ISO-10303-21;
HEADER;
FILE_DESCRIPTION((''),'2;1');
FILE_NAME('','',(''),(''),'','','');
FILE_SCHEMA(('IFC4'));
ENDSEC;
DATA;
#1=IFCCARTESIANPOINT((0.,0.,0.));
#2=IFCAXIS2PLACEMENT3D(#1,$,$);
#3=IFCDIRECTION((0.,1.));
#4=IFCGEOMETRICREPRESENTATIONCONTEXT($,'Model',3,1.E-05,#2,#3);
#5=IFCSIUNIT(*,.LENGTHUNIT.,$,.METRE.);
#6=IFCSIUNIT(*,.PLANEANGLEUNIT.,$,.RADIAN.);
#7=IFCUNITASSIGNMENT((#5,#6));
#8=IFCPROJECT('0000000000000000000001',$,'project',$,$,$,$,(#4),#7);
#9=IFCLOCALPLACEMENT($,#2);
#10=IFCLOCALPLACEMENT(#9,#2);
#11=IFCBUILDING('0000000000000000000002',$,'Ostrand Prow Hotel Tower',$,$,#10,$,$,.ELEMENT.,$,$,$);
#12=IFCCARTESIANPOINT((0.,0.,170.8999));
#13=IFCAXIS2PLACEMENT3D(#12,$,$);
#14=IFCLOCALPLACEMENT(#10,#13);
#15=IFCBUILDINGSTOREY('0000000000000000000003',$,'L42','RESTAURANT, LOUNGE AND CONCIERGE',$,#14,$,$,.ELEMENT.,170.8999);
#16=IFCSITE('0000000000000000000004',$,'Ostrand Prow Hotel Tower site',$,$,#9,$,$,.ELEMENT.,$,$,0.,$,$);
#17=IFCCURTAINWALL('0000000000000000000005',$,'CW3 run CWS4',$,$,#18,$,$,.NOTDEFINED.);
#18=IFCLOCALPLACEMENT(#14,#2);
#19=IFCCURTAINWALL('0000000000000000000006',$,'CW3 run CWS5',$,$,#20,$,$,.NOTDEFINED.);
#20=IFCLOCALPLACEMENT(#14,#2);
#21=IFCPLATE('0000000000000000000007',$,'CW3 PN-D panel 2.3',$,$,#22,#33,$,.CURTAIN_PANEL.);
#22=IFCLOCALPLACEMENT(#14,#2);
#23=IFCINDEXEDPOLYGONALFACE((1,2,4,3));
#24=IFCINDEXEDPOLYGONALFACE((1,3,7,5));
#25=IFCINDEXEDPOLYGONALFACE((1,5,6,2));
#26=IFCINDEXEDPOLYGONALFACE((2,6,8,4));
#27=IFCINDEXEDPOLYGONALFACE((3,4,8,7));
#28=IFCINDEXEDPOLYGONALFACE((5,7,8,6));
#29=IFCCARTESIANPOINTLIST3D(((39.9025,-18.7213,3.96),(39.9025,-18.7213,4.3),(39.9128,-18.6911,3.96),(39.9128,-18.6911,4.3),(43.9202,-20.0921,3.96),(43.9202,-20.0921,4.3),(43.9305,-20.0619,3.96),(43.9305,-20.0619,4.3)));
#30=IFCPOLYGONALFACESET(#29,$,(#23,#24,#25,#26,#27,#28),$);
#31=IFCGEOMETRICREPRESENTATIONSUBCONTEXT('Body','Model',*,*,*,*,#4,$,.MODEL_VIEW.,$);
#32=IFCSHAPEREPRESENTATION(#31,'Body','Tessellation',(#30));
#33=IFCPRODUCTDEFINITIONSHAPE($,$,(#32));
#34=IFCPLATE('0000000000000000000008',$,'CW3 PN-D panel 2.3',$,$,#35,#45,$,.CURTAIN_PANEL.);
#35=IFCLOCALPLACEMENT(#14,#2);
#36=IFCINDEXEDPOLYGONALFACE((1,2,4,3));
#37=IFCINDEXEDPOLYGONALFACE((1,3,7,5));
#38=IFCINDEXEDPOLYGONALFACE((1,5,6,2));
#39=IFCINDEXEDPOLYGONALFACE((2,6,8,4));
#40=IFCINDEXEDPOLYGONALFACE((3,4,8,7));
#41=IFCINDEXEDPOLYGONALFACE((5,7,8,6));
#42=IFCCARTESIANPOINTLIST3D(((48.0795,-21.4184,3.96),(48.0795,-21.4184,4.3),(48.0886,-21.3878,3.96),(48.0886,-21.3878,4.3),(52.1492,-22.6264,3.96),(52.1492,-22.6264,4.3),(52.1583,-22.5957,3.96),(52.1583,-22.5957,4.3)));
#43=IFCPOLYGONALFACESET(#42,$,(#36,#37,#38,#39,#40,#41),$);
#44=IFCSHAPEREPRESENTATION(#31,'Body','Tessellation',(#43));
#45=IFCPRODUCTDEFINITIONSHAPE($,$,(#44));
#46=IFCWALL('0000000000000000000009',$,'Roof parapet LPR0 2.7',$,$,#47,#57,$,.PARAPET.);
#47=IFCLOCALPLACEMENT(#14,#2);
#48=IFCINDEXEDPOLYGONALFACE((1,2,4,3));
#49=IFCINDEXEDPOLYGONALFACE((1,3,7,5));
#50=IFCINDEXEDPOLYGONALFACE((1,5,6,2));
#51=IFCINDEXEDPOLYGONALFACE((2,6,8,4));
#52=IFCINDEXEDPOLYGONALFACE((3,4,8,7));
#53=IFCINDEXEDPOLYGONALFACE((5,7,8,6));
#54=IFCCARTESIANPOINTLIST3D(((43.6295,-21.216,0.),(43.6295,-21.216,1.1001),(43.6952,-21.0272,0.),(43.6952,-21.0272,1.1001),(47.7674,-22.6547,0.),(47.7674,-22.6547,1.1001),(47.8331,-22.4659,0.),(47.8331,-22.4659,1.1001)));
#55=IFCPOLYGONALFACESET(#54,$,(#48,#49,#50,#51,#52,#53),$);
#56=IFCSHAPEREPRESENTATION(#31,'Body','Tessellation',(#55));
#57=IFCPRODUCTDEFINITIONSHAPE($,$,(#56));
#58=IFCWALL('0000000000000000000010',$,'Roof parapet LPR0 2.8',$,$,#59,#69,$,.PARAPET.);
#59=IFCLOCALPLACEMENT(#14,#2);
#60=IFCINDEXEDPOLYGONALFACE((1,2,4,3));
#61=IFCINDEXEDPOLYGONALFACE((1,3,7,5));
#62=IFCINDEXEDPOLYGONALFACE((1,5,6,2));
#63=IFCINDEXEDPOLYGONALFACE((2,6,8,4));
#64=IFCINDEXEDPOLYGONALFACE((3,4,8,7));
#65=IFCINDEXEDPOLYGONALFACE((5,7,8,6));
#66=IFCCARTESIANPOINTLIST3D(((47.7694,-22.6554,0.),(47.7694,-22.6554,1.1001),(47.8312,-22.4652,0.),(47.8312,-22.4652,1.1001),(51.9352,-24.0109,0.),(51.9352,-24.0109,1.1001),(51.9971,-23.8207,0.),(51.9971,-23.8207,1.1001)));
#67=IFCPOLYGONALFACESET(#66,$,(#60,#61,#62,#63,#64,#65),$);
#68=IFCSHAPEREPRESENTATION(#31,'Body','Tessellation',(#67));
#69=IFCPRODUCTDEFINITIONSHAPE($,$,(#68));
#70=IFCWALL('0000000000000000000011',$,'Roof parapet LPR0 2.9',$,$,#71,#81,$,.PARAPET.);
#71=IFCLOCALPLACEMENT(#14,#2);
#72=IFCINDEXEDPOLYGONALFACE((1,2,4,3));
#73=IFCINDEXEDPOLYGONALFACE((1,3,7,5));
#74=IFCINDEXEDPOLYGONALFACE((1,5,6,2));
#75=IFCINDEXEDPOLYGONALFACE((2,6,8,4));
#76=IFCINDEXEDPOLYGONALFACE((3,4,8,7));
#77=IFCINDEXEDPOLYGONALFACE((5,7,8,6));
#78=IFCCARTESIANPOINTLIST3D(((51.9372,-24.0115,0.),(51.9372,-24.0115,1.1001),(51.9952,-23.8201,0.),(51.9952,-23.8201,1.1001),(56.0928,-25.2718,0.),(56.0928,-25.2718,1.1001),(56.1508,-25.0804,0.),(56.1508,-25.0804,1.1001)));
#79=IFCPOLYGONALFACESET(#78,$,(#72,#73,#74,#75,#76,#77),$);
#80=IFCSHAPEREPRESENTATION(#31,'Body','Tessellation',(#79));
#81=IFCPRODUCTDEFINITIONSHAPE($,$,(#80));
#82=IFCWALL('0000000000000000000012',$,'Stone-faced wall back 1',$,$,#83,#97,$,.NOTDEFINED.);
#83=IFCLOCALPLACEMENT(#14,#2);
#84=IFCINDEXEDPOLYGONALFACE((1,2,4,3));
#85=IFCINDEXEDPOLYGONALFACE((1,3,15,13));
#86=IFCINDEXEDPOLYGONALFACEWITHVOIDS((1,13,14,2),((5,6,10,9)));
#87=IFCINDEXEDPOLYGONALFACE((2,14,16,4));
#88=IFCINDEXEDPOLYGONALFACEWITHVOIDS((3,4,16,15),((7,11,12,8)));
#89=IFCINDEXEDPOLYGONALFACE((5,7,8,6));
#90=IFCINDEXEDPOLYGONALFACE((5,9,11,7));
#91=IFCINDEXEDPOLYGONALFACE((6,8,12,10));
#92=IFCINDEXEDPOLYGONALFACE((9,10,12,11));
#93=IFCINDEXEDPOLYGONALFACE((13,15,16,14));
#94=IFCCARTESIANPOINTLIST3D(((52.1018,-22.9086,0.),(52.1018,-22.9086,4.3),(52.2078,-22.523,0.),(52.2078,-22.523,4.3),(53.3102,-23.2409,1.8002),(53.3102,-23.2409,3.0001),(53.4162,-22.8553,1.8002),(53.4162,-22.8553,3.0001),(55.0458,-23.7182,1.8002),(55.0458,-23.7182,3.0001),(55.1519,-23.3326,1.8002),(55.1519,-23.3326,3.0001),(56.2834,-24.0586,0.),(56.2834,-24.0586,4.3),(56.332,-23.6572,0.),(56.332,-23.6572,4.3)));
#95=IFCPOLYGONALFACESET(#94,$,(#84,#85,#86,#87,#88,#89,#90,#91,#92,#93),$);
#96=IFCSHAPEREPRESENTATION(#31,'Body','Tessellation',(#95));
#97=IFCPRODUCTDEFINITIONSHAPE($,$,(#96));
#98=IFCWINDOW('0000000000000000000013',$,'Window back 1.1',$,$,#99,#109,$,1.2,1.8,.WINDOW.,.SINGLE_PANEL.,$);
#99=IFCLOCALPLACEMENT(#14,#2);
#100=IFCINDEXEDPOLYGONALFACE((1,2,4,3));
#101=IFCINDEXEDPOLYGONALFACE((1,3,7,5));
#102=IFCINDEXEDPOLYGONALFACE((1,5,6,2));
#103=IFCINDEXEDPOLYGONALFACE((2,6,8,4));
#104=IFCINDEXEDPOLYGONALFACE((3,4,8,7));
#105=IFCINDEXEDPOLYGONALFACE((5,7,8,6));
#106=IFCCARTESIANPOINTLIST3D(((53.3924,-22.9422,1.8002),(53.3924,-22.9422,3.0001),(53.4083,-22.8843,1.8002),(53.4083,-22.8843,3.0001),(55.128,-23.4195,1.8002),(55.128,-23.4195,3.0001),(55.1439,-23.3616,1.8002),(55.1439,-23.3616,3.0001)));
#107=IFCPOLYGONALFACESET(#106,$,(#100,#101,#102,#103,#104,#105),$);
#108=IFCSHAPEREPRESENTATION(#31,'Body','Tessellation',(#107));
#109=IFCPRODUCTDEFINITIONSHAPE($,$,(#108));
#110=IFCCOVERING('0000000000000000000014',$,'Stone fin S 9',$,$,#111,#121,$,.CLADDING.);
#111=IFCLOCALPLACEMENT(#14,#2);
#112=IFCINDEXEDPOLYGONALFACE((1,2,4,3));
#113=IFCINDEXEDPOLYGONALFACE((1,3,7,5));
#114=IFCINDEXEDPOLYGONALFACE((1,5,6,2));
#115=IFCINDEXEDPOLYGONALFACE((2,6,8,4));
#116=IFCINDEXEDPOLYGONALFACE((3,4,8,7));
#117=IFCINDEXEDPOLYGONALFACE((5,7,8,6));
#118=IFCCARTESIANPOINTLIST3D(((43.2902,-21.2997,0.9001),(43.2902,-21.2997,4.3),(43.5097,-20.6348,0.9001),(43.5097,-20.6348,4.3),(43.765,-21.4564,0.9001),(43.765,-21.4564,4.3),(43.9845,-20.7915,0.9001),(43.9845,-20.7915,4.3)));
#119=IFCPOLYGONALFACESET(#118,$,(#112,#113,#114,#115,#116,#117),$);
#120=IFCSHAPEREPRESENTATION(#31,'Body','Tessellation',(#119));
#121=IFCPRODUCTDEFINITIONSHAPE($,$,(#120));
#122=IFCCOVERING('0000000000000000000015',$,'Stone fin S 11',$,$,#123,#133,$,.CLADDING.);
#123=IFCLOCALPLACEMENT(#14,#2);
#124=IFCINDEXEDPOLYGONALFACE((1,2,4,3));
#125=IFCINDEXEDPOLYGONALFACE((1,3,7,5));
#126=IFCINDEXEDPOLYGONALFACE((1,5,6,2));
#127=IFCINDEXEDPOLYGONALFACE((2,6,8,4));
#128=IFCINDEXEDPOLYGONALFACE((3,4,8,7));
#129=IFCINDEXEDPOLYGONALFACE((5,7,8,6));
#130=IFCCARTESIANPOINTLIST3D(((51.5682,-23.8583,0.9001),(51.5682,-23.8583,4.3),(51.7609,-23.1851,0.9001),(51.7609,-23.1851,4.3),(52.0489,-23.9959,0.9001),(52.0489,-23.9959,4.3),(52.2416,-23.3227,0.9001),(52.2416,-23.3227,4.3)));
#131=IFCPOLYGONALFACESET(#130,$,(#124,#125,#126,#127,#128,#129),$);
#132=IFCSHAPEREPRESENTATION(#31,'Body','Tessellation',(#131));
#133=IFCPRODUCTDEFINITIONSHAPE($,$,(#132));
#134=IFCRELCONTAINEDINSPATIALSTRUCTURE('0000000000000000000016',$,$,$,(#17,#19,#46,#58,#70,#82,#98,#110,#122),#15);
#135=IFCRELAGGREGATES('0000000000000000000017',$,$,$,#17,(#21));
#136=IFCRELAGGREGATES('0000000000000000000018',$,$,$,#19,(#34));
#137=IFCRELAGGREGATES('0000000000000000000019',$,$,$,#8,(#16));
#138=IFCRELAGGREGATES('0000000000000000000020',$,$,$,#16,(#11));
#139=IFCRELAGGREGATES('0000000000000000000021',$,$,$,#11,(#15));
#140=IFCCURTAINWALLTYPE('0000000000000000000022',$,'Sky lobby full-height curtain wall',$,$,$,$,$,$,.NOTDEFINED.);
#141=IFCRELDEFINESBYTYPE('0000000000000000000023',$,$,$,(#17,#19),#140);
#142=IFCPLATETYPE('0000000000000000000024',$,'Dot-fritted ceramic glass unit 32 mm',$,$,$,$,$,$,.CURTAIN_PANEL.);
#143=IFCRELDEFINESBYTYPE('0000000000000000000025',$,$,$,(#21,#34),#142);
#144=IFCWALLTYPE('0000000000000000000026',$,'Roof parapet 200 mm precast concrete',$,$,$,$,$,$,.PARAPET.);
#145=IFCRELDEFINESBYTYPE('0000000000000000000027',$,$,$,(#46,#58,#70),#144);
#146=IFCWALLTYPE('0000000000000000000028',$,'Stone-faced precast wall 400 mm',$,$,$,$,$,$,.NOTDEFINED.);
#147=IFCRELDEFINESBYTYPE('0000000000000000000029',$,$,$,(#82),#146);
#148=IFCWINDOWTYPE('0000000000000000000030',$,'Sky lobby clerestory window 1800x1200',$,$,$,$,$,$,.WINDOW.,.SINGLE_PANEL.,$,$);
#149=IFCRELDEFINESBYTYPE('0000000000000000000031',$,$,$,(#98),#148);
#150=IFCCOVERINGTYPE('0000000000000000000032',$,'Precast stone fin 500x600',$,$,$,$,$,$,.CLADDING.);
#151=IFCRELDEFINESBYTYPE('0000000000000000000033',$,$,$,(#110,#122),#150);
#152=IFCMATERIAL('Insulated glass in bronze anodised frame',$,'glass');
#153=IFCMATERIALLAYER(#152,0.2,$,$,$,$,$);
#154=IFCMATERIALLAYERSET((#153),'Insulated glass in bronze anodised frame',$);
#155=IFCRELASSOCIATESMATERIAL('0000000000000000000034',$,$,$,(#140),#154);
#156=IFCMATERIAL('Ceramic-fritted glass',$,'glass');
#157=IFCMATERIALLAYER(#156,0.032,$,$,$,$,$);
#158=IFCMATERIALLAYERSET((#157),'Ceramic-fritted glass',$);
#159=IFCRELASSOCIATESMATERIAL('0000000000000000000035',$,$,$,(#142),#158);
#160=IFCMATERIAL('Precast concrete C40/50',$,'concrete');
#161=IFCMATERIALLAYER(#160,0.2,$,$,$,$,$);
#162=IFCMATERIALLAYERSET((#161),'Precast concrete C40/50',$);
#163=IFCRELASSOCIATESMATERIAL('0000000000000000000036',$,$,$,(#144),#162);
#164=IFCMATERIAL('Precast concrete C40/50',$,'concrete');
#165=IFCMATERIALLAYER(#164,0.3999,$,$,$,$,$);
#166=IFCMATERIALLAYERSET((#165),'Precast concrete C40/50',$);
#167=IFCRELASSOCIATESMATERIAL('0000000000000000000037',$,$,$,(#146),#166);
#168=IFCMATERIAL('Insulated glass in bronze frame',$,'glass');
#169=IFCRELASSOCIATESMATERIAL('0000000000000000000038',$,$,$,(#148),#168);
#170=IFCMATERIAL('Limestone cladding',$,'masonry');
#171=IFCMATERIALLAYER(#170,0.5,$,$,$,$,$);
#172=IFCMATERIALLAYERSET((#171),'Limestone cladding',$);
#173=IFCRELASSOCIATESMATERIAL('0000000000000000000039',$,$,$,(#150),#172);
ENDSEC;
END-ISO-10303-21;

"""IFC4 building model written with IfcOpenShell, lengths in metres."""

from ifc_helpers import new_model, si_unit, direction, frame, frame_2d, origin, origin_2d, place, context, subcontext, project, spatial, polyline, rectangle, outline, extrude, material, layer, layer_set, type_object, element, fill, aggregate, save


model = new_model("IFC4")

# Units and contexts
model_context = context("Model", 3, precision=1e-05, world=origin(), true_north=direction((0.0, 1.0)))
body_context = subcontext(model_context, "Body", "Model", "MODEL_VIEW")
ifc_project = project(units=[si_unit("LENGTHUNIT", "METRE"), si_unit("PLANEANGLEUNIT", "RADIAN")], contexts=[model_context])

# Site, building, storey
site_placement = place(None, origin())
site = spatial("IfcSite", under=ifc_project, at=site_placement, Name="Ostrand Prow Hotel Tower site", CompositionType="ELEMENT", RefElevation=0.0)
building_placement = place(site_placement, origin())
building = spatial("IfcBuilding", under=site, at=building_placement, Name="Ostrand Prow Hotel Tower", CompositionType="ELEMENT")
storey_placement = place(building_placement, frame((0.0, 0.0, 170.8999)))
storey = spatial("IfcBuildingStorey", under=building, at=storey_placement, Name="L42", Description="RESTAURANT, LOUNGE AND CONCIERGE", CompositionType="ELEMENT", Elevation=170.8999)

# Curtain wall
ifc_material_1 = material(Name="Insulated glass in bronze anodised frame", Category="glass")
ifc_layer_1 = layer(ifc_material_1, 0.2)
ifc_layer_set_1 = layer_set([ifc_layer_1], Name="Insulated glass in bronze anodised frame")
curtain_wall_type = type_object("IfcCurtainWallType", Name="Sky lobby full-height curtain wall", PredefinedType="NOTDEFINED", material=ifc_layer_set_1)
curtain_wall_1_placement = place(storey_placement, origin())
curtain_wall_1 = element("IfcCurtainWall", 1, at=curtain_wall_1_placement, inside=storey, type_object=curtain_wall_type, Name="CW3 run CWS4", PredefinedType="NOTDEFINED")

# Curtain wall
curtain_wall_2_placement = place(storey_placement, origin())
curtain_wall_2 = element("IfcCurtainWall", 2, at=curtain_wall_2_placement, inside=storey, type_object=curtain_wall_type, Name="CW3 run CWS5", PredefinedType="NOTDEFINED")

# Plates
ifc_material_2 = material(Name="Ceramic-fritted glass", Category="glass")
ifc_layer_2 = layer(ifc_material_2, 0.032)
ifc_layer_set_2 = layer_set([ifc_layer_2], Name="Ceramic-fritted glass")
plate_type_1 = type_object("IfcPlateType", Name="Dot-fritted ceramic glass unit 32 mm", PredefinedType="CURTAIN_PANEL", material=ifc_layer_set_2)
plate_1_placement = place(storey_placement, frame((41.9165, -19.3916, 3.96), z_axis=(0.0, 0.0, 1.0), x_axis=(0.94643, -0.322908, 0.0)))
plate_1 = element("IfcPlate", 3, at=plate_1_placement, type_object=plate_type_1, Name="CW3 PN-D panel 2.3", PredefinedType="CURTAIN_PANEL", context=body_context, shape_type="SweptSolid", body=[
    extrude(rectangle(XDim=4.2451, YDim=0.032, at=origin_2d()), origin(), (0.0, 0.0, 1.0), 0.3401),
])
aggregate(curtain_wall_1, [plate_1])
plate_2_placement = place(storey_placement, frame((50.1189, -22.0071, 3.96), z_axis=(0.0, 0.0, 1.0), x_axis=(0.958663, -0.284544, 0.0)))
plate_2 = element("IfcPlate", 4, at=plate_2_placement, type_object=plate_type_1, Name="CW3 PN-D panel 2.3", PredefinedType="CURTAIN_PANEL", context=body_context, shape_type="SweptSolid", body=[
    extrude(rectangle(XDim=4.2451, YDim=0.032, at=origin_2d()), origin(), (0.0, 0.0, 1.0), 0.3401),
])
aggregate(curtain_wall_2, [plate_2])

# Walls
ifc_material_3 = material(Name="Precast concrete C40/50", Category="concrete")
ifc_layer_3 = layer(ifc_material_3, 0.2)
ifc_layer_set_3 = layer_set([ifc_layer_3], Name="Precast concrete C40/50")
wall_type_1 = type_object("IfcWallType", Name="Roof parapet 200 mm precast concrete", PredefinedType="PARAPET", material=ifc_layer_set_3)
for number, where, z_axis, x_axis, name in (
    (5, (43.6624, -21.1216, 0.0), (0.0, 0.0, 1.0), (0.944537, -0.328406, 0.0), "Roof parapet LPR0 2.7"),
    (6, (47.8003, -22.5603, 0.0), (0.0, 0.0, 1.0), (0.950927, -0.309415, 0.0), "Roof parapet LPR0 2.8"),
):
    element("IfcWall", number, at=place(storey_placement, frame(where, z_axis=z_axis, x_axis=x_axis)), inside=storey, type_object=wall_type_1, Name=name, PredefinedType="PARAPET", context=body_context, shape_type="SweptSolid", body=[
        extrude(rectangle(XDim=4.3809, YDim=0.2, at=frame_2d((2.1904, 0.0))), origin(), (0.0, 0.0, 1.0), 1.1001),
    ])
wall_1_placement = place(storey_placement, frame((51.9661, -23.9158, 0.0), z_axis=(0.0, 0.0, 1.0), x_axis=(0.95696, -0.29022, 0.0)))
element("IfcWall", 7, at=wall_1_placement, inside=storey, type_object=wall_type_1, Name="Roof parapet LPR0 2.9", PredefinedType="PARAPET", context=body_context, shape_type="SweptSolid", body=[
    extrude(rectangle(XDim=4.3425, YDim=0.2, at=frame_2d((2.1714, 0.0))), origin(), (0.0, 0.0, 1.0), 1.1001),
])

# Wall, opening, window
ifc_material_4 = material(Name="Precast concrete C40/50", Category="concrete")
ifc_layer_4 = layer(ifc_material_4, 0.3999)
ifc_layer_set_4 = layer_set([ifc_layer_4], Name="Precast concrete C40/50")
wall_type_2 = type_object("IfcWallType", Name="Stone-faced precast wall 400 mm", PredefinedType="NOTDEFINED", material=ifc_layer_set_4)
wall_2_placement = place(storey_placement, frame((52.1548, -22.7158, 0.0), z_axis=(0.0, 0.0, 1.0), x_axis=(0.964206, -0.265155, 0.0)))
wall_2 = element("IfcWall", 8, at=wall_2_placement, inside=storey, type_object=wall_type_2, Name="Stone-faced wall back 1", PredefinedType="NOTDEFINED", context=body_context, shape_type="SweptSolid", body=[
    extrude(outline(polyline([(0.0, -0.2), (4.3369, -0.2), (4.2773, 0.2), (0.0, 0.2), (0.0, -0.2)])), origin(), (0.0, 0.0, 1.0), 4.3),
])
opening_placement = place(wall_2_placement, frame((1.2534, 0.0, 1.8)))
opening = element("IfcOpeningElement", 9, at=opening_placement, cuts=wall_2, PredefinedType="OPENING", context=body_context, shape_type="SweptSolid", body=[
    extrude(rectangle(XDim=1.8, YDim=1.2, at=frame_2d((0.8999, 0.6001))), frame((0.0, 0.21, 0.0), z_axis=(0.0, -1.0, 0.0), x_axis=(1.0, 0.0, 0.0)), (0.0, 0.0, 1.0), 0.4199),
])
ifc_material_5 = material(Name="Insulated glass in bronze frame", Category="glass")
window_type = type_object("IfcWindowType", Name="Sky lobby clerestory window 1800x1200", PartitioningType="SINGLE_PANEL", PredefinedType="WINDOW", material=ifc_material_5)
window_placement = place(opening_placement, origin())
window = element("IfcWindow", 10, at=window_placement, inside=storey, type_object=window_type, Name="Window back 1.1", OverallHeight=1.2, OverallWidth=1.8, PartitioningType="SINGLE_PANEL", PredefinedType="WINDOW", context=body_context, shape_type="SweptSolid", body=[
    extrude(rectangle(XDim=1.8, YDim=1.2, at=frame_2d((0.8999, 0.6001))), frame((0.0, 0.1699, 0.0), z_axis=(0.0, -1.0, 0.0), x_axis=(1.0, 0.0, 0.0)), (0.0, 0.0, 1.0), 0.0601),
])
fill(opening, window)

# Coverings
ifc_material_6 = material(Name="Limestone cladding", Category="masonry")
ifc_layer_5 = layer(ifc_material_6, 0.5)
ifc_layer_set_5 = layer_set([ifc_layer_5], Name="Limestone cladding")
covering_type = type_object("IfcCoveringType", Name="Precast stone fin 500x600", PredefinedType="CLADDING", material=ifc_layer_set_5)
for number, where, z_axis, x_axis, name in (
    (11, (43.7471, -20.7131, 0.9001), (0.0, 0.0, 1.0), (-0.313506, -0.949586, 0.0), "Stone fin S 9"),
    (12, (52.0012, -23.2539, 0.9001), (0.0, 0.0, 1.0), (-0.275136, -0.961405, 0.0), "Stone fin S 11"),
):
    element("IfcCovering", number, at=place(storey_placement, frame(where, z_axis=z_axis, x_axis=x_axis)), inside=storey, type_object=covering_type, Name=name, PredefinedType="CLADDING", context=body_context, shape_type="SweptSolid", body=[
        extrude(rectangle(XDim=0.7002, YDim=0.5, at=frame_2d((0.3501, 0.0))), origin(), (0.0, 0.0, 1.0), 3.3999),
    ])

save(model, "model.ifc")
